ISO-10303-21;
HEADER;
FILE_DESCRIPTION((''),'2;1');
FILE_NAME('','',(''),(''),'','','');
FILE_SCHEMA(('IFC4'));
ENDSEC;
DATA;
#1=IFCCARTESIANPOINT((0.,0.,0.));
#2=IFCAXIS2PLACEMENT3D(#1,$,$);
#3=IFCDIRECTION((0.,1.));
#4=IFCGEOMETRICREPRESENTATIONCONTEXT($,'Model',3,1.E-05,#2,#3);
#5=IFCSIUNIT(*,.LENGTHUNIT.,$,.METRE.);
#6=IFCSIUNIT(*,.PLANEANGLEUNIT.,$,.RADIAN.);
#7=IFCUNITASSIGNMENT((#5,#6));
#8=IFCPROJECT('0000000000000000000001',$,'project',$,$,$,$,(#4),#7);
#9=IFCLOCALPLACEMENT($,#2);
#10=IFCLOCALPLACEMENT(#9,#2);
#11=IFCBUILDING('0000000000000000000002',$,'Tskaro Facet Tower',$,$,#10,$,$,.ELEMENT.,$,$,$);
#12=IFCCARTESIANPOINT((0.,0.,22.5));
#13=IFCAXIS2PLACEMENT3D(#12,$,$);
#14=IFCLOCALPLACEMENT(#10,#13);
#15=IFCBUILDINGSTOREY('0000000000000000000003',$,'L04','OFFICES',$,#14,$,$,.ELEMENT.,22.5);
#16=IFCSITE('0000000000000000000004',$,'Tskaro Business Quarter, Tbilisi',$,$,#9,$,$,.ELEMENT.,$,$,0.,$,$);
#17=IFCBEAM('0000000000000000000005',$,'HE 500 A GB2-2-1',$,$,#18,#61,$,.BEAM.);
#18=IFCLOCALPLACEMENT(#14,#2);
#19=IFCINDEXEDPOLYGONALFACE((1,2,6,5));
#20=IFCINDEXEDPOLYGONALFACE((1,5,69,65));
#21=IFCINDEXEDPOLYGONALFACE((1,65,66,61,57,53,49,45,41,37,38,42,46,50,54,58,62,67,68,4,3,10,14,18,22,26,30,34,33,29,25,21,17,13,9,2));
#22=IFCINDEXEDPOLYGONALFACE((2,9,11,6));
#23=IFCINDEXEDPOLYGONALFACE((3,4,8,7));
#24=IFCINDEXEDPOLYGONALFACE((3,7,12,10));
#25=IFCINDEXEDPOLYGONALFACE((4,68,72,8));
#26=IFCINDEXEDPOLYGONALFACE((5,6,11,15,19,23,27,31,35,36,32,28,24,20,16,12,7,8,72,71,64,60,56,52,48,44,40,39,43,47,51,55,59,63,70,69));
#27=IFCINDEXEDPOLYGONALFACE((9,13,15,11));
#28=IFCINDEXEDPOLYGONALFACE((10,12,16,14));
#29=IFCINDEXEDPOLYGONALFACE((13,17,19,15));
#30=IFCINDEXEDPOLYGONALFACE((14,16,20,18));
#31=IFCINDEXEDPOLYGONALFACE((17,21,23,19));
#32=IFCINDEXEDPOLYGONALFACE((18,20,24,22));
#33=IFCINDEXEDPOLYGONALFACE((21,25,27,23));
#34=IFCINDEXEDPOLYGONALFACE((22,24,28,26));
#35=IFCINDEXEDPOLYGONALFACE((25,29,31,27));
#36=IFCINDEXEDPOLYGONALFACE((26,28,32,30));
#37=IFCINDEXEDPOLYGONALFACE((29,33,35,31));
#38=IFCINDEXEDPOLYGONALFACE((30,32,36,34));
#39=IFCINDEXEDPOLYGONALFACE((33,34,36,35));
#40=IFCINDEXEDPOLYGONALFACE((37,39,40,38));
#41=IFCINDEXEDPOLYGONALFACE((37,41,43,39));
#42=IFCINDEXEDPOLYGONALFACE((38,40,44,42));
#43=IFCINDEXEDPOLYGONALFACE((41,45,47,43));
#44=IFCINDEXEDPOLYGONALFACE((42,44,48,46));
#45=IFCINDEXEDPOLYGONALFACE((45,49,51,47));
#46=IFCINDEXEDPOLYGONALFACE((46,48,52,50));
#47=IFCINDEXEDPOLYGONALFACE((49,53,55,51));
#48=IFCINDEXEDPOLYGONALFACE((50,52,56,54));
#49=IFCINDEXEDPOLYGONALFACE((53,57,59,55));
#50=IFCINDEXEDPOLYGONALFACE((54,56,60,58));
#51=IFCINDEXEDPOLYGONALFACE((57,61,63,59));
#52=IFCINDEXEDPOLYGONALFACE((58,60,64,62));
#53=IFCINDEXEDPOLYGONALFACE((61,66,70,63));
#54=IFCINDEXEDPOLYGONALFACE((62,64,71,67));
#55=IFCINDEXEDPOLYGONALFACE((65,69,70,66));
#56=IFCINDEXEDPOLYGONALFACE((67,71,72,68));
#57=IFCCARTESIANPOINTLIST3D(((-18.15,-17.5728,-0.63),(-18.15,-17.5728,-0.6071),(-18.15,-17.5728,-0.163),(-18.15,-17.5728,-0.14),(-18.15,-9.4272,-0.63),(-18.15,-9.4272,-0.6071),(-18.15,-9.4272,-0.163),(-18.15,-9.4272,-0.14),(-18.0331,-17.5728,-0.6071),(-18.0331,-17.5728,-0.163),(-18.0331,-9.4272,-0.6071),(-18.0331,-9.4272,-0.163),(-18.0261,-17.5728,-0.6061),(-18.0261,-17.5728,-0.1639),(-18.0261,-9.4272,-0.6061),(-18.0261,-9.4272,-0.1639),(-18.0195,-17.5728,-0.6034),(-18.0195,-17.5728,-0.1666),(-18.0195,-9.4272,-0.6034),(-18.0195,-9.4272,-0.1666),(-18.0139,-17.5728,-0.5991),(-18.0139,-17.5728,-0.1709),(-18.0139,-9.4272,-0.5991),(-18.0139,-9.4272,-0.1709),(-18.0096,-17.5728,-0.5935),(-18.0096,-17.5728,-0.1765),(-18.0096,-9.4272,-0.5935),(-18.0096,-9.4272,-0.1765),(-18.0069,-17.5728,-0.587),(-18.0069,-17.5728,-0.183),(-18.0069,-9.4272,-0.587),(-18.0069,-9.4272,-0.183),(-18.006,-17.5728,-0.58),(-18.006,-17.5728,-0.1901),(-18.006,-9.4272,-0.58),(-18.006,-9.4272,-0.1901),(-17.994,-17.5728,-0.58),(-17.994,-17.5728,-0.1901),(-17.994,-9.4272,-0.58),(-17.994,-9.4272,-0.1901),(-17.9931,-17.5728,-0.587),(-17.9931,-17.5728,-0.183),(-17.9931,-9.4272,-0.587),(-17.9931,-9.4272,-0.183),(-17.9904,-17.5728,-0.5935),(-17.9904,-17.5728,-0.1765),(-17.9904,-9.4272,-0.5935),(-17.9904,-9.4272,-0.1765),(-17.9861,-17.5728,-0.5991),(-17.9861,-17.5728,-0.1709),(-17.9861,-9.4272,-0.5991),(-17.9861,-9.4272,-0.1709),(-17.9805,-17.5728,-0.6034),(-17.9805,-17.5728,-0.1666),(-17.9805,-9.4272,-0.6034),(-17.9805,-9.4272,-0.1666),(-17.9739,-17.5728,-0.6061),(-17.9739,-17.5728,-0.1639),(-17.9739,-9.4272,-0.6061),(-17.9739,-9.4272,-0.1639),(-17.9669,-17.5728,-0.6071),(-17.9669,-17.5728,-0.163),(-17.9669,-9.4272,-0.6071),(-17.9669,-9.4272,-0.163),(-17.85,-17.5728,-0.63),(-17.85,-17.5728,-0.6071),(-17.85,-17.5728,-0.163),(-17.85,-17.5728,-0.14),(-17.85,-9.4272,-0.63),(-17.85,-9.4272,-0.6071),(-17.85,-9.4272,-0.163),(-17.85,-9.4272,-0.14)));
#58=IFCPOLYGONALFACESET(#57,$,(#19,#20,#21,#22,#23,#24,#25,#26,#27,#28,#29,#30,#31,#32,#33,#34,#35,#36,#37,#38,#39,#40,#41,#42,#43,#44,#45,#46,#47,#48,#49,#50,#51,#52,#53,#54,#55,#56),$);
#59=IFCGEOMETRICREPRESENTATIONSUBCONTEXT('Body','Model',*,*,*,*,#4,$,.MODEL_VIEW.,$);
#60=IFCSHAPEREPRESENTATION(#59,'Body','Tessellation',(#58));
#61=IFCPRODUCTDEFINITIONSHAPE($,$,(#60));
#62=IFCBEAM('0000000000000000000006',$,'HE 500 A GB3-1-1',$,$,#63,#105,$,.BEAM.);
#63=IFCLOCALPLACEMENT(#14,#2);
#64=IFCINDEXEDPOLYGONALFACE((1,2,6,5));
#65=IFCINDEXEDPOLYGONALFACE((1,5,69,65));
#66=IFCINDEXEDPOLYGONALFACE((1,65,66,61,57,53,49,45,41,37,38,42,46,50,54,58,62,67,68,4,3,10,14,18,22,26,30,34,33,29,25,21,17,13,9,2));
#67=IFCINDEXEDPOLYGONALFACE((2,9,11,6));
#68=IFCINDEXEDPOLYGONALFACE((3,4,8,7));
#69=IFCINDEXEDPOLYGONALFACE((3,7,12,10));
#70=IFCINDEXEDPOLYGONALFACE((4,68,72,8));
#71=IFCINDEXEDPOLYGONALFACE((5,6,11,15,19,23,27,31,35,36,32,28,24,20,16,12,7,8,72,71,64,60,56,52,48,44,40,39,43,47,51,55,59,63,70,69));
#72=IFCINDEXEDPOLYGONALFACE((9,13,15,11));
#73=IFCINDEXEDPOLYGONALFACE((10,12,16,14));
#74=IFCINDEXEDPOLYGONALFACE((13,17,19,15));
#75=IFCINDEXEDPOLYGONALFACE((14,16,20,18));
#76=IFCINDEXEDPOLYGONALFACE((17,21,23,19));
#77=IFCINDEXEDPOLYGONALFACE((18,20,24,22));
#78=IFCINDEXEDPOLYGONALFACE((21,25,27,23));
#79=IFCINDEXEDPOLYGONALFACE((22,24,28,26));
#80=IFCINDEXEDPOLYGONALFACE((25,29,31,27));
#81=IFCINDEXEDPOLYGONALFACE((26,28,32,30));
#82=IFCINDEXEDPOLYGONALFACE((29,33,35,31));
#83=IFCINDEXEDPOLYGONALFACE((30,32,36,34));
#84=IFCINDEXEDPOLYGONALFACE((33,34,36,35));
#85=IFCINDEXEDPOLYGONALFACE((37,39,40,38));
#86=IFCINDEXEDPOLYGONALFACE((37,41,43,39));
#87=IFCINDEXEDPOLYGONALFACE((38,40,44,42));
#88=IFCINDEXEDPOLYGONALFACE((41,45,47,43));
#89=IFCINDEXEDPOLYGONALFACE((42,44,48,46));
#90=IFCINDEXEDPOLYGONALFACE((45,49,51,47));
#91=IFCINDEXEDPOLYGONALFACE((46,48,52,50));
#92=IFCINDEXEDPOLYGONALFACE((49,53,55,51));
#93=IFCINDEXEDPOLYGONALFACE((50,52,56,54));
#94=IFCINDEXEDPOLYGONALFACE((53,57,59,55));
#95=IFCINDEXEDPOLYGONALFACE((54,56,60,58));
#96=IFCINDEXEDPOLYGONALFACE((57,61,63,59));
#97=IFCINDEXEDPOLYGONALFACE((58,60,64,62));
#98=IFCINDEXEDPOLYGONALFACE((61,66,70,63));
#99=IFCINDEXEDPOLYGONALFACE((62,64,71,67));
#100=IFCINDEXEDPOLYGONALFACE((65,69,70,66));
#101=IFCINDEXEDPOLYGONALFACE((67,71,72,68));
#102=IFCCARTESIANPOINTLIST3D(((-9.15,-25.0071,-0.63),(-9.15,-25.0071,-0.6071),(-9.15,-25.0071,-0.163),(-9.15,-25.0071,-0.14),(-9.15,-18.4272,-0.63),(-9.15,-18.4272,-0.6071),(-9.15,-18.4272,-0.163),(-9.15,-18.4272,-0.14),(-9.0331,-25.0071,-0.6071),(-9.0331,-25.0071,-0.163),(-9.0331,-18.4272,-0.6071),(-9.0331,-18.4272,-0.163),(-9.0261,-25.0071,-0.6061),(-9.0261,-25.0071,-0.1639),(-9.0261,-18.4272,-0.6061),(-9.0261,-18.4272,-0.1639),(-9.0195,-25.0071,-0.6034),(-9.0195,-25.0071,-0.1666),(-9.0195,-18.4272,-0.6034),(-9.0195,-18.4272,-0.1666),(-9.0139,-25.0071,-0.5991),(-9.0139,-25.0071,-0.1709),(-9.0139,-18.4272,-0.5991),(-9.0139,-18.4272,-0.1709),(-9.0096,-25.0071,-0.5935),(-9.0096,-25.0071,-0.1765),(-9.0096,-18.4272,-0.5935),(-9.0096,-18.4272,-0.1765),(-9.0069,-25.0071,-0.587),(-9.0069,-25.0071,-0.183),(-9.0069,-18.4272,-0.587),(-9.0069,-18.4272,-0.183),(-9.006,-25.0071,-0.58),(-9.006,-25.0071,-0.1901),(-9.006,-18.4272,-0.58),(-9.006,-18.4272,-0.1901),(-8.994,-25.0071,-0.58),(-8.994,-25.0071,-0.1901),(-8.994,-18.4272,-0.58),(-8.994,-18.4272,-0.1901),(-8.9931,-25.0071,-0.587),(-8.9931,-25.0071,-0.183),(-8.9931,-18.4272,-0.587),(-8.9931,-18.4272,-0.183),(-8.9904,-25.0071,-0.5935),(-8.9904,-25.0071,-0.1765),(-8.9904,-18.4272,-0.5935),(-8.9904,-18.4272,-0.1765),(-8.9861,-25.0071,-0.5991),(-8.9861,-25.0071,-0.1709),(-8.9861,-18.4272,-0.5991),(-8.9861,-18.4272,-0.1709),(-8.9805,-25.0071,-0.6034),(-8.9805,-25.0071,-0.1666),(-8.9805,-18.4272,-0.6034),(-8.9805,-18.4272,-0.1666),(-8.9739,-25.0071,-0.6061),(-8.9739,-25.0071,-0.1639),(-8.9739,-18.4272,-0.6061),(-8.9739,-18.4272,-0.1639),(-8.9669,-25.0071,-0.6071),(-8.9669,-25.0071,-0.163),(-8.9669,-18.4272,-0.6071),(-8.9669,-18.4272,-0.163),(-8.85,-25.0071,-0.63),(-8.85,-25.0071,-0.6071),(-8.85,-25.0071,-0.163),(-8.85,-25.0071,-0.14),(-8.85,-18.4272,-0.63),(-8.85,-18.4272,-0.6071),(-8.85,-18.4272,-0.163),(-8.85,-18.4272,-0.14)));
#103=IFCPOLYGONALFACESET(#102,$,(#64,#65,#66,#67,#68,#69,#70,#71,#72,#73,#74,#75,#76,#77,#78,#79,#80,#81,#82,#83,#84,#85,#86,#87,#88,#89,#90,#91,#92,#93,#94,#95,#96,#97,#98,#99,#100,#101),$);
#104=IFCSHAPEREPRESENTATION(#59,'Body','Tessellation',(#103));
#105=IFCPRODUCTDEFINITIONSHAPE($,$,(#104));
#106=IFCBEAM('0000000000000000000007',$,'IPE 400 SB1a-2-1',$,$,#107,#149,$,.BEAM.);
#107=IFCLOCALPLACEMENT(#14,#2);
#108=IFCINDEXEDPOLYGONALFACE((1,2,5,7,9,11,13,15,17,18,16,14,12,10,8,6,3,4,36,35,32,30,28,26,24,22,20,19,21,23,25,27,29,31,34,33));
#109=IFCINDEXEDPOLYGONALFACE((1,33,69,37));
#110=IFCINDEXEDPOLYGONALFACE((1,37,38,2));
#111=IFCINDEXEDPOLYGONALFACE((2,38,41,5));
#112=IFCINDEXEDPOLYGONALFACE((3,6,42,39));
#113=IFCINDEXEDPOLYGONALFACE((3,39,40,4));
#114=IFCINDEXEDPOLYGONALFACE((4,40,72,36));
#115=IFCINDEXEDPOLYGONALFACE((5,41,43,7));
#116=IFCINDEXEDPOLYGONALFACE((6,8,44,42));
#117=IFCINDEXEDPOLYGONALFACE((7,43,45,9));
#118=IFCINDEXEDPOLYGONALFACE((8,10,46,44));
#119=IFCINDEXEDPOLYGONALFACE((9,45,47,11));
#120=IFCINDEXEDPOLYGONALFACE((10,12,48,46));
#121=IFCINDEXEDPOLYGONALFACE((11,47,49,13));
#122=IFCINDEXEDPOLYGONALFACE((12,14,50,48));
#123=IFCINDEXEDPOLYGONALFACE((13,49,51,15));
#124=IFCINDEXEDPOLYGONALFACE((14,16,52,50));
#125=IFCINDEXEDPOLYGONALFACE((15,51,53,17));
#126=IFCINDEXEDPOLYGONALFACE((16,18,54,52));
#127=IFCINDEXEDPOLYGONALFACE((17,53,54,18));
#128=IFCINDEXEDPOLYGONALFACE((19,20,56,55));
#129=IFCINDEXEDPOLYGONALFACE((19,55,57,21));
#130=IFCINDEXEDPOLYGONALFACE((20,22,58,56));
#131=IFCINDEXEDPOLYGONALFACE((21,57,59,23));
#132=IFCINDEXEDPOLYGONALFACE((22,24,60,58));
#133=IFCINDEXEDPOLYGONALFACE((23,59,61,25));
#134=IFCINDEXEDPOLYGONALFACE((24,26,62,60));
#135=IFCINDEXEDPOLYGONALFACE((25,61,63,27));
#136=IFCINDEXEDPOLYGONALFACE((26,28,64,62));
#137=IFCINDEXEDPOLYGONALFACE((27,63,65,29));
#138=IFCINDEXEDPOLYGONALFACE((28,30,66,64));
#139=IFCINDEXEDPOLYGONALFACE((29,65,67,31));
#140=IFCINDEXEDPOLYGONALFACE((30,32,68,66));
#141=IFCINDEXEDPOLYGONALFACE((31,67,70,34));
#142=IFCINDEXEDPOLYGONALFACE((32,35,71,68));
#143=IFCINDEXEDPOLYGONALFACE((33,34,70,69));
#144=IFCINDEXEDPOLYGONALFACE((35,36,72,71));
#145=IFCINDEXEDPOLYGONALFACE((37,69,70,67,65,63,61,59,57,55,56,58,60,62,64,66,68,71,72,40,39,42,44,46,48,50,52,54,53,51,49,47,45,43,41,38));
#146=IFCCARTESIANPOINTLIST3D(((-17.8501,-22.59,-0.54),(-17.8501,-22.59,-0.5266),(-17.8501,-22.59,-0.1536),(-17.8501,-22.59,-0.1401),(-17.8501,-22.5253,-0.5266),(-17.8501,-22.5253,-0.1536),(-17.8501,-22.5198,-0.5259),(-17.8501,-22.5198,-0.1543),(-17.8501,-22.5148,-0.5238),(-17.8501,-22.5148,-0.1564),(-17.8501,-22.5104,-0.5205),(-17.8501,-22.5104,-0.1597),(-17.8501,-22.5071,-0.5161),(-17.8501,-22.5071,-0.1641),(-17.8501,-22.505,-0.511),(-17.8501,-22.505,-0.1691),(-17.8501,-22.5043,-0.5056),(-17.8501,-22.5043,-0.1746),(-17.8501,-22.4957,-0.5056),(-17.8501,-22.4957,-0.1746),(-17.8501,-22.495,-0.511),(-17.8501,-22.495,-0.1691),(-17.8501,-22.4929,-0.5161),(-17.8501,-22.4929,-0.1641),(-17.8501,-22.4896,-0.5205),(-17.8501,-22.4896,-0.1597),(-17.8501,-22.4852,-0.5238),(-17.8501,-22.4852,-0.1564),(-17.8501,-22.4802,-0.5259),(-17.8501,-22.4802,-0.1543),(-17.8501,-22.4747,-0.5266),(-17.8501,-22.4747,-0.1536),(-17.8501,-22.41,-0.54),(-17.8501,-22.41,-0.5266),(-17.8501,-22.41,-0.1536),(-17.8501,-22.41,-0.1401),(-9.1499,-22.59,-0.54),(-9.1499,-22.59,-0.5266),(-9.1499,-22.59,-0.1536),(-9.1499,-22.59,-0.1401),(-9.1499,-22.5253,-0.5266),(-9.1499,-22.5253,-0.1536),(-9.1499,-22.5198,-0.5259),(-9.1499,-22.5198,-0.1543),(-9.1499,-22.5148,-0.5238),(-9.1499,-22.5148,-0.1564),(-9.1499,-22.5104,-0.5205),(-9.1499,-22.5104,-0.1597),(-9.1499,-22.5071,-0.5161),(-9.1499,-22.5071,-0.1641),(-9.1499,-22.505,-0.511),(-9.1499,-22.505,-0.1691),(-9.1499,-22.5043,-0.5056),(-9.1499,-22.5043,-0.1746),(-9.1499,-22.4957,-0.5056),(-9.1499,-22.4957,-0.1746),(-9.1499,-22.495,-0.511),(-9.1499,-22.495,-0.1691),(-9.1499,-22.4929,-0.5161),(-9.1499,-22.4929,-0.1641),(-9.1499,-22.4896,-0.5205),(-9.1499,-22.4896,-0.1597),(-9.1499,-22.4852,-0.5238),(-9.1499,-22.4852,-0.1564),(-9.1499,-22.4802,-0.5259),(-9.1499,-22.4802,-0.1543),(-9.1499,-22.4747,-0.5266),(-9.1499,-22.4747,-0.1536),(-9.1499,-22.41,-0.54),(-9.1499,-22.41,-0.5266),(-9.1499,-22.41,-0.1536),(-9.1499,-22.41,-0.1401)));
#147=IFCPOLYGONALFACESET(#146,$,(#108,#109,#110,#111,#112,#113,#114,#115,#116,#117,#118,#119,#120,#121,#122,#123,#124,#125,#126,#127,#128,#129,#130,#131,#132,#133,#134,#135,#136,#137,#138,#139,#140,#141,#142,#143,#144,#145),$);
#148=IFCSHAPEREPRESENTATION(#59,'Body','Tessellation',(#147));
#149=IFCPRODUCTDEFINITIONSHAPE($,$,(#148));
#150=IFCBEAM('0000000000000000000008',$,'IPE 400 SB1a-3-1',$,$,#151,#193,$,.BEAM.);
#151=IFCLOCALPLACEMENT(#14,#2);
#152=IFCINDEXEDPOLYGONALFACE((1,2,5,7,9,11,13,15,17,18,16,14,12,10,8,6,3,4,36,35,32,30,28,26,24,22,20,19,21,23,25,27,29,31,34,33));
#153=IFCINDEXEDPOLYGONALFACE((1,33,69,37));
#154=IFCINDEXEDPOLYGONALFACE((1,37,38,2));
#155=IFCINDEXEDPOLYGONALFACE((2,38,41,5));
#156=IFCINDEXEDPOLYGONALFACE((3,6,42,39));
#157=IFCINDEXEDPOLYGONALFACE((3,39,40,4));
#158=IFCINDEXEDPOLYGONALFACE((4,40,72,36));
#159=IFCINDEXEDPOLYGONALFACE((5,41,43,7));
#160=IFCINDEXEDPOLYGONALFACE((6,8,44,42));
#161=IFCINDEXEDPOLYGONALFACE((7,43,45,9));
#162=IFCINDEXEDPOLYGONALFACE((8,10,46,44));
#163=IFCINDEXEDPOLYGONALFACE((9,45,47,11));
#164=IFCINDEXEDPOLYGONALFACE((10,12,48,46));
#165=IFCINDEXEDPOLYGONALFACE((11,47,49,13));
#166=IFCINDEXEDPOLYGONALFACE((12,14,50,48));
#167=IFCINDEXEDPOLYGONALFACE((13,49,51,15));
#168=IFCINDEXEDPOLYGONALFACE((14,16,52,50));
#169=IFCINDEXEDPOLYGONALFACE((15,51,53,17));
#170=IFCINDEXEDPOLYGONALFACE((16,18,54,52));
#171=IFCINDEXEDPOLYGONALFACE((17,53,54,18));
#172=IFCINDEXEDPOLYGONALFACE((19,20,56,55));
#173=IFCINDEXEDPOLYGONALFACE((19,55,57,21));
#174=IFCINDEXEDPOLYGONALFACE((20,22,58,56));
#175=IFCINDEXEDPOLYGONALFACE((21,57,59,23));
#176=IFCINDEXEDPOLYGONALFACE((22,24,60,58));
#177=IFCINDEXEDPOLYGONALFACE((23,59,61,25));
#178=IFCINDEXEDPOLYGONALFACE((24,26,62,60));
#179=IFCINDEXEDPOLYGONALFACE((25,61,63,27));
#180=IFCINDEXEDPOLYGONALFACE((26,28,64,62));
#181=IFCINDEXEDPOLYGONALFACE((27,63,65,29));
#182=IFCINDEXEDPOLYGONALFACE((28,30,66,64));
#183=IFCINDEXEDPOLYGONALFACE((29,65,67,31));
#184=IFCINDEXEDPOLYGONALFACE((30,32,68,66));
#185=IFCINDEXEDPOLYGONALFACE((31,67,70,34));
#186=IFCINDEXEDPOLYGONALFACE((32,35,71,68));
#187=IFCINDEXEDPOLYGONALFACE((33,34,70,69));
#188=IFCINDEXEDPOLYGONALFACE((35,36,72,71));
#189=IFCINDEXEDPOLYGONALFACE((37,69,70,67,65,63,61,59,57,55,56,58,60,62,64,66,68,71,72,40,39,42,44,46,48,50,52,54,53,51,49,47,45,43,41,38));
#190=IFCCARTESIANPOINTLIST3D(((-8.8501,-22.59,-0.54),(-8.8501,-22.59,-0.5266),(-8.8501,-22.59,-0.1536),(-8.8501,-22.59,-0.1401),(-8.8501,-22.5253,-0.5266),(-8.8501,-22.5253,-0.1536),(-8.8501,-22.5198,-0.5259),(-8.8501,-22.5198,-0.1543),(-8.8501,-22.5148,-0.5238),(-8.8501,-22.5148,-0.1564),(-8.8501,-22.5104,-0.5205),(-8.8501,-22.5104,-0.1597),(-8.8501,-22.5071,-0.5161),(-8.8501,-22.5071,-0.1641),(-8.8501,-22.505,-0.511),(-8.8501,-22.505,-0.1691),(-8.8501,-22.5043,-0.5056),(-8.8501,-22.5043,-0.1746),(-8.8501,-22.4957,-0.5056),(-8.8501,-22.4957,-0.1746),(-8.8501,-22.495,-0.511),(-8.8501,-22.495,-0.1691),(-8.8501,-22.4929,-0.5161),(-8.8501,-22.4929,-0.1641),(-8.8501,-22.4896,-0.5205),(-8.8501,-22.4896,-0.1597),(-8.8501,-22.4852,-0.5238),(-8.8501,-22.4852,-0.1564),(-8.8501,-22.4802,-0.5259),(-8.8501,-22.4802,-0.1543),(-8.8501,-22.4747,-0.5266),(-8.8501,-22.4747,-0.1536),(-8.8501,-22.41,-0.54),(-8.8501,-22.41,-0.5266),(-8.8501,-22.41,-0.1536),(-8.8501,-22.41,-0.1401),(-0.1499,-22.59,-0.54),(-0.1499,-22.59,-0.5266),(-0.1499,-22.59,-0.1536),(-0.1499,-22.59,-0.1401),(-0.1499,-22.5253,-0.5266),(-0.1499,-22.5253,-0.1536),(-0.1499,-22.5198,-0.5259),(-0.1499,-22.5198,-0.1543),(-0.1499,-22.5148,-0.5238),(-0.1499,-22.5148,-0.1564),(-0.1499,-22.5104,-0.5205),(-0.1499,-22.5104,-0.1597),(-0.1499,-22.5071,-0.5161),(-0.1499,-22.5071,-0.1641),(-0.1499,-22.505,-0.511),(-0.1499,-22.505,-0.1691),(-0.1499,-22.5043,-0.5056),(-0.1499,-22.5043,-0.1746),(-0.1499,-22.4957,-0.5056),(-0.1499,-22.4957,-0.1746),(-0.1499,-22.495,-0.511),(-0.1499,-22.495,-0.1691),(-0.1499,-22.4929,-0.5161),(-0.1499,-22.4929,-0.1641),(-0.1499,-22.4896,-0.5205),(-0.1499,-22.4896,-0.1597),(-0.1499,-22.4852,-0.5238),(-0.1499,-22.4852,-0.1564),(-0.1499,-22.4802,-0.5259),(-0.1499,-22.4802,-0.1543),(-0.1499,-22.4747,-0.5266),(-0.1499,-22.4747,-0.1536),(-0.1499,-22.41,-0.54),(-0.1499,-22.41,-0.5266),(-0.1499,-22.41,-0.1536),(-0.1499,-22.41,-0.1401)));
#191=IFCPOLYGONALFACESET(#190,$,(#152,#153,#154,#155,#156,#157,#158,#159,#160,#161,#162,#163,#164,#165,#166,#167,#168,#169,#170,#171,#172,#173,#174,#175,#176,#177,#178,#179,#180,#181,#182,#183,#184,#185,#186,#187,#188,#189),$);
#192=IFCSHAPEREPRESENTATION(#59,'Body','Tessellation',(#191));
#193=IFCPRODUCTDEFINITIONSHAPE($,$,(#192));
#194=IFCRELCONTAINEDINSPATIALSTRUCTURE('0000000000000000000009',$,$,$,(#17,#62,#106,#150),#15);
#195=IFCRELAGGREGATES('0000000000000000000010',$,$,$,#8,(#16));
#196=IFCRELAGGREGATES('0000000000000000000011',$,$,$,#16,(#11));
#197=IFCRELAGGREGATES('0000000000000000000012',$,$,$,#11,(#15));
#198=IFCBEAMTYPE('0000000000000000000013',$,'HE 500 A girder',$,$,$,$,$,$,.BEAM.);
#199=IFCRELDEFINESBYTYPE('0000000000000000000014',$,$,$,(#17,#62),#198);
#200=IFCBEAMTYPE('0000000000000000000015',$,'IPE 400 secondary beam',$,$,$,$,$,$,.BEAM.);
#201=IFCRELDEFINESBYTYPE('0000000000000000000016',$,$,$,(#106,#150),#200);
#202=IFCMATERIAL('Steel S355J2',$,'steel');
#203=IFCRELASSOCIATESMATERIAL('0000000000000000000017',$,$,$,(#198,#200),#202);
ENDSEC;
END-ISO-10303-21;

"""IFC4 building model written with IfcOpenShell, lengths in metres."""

from ifc_helpers import new_model, si_unit, direction, frame, origin, origin_2d, place, context, subcontext, project, spatial, i_section, extrude, material, material_profile, profile_set, type_object, element, save


model = new_model("IFC4")

# Units and contexts
model_context = context("Model", 3, precision=1e-05, world=origin(), true_north=direction((0.0, 1.0)))
body_context = subcontext(model_context, "Body", "Model", "MODEL_VIEW")
ifc_project = project(units=[si_unit("LENGTHUNIT", "METRE"), si_unit("PLANEANGLEUNIT", "RADIAN")], contexts=[model_context])

# Site, building, storey
site_placement = place(None, origin())
site = spatial("IfcSite", under=ifc_project, at=site_placement, Name="Tskaro Business Quarter, Tbilisi", CompositionType="ELEMENT", RefElevation=0.0)
building_placement = place(site_placement, origin())
building = spatial("IfcBuilding", under=site, at=building_placement, Name="Tskaro Facet Tower", CompositionType="ELEMENT")
storey_placement = place(building_placement, frame((0.0, 0.0, 22.5)))
storey = spatial("IfcBuildingStorey", under=building, at=storey_placement, Name="L04", Description="OFFICES", CompositionType="ELEMENT", Elevation=22.5)

# Beams
ifc_material_1 = material(Name="Steel S355J2", Category="steel")
ifc_material_profile_1 = material_profile(ifc_material_1, i_section(OverallWidth=0.3, OverallDepth=0.49, WebThickness=0.012, FlangeThickness=0.0229, FilletRadius=0.0271, at=origin_2d()), Name="HE 500 A")
ifc_profile_set_1 = profile_set([ifc_material_profile_1], Name="Steel S355J2")
beam_type_1 = type_object("IfcBeamType", Name="HE 500 A girder", PredefinedType="BEAM", material=ifc_profile_set_1)
beam_1_placement = place(storey_placement, frame((-18.0, -17.5728, -0.385), z_axis=(0.0, 1.0, 0.0), x_axis=(-1.0, 0.0, 0.0)))
element("IfcBeam", 1, at=beam_1_placement, inside=storey, type_object=beam_type_1, Name="HE 500 A GB2-2-1", PredefinedType="BEAM", context=body_context, shape_type="SweptSolid", body=[
    extrude(i_section(OverallWidth=0.3, OverallDepth=0.49, WebThickness=0.012, FlangeThickness=0.0229, FilletRadius=0.0271, at=origin_2d()), origin(), (0.0, 0.0, 1.0), 8.1455),
])
beam_2_placement = place(storey_placement, frame((-9.0, -25.0071, -0.385), z_axis=(0.0, 1.0, 0.0), x_axis=(-1.0, 0.0, 0.0)))
element("IfcBeam", 2, at=beam_2_placement, inside=storey, type_object=beam_type_1, Name="HE 500 A GB3-1-1", PredefinedType="BEAM", context=body_context, shape_type="SweptSolid", body=[
    extrude(i_section(OverallWidth=0.3, OverallDepth=0.49, WebThickness=0.012, FlangeThickness=0.0229, FilletRadius=0.0271, at=origin_2d()), origin(), (0.0, 0.0, 1.0), 6.5798),
])
ifc_material_profile_2 = material_profile(ifc_material_1, i_section(OverallWidth=0.1799, OverallDepth=0.3999, WebThickness=0.0085, FlangeThickness=0.0134, FilletRadius=0.021, at=origin_2d()), Name="IPE 400")
ifc_profile_set_2 = profile_set([ifc_material_profile_2], Name="Steel S355J2")
beam_type_2 = type_object("IfcBeamType", Name="IPE 400 secondary beam", PredefinedType="BEAM", material=ifc_profile_set_2)
for number, where, z_axis, x_axis, name in (
    (3, (-17.8501, -22.5, -0.3401), (1.0, 0.0, 0.0), (0.0, 1.0, 0.0), "IPE 400 SB1a-2-1"),
    (4, (-8.8501, -22.5, -0.3401), (1.0, 0.0, 0.0), (0.0, 1.0, 0.0), "IPE 400 SB1a-3-1"),
):
    element("IfcBeam", number, at=place(storey_placement, frame(where, z_axis=z_axis, x_axis=x_axis)), inside=storey, type_object=beam_type_2, Name=name, PredefinedType="BEAM", context=body_context, shape_type="SweptSolid", body=[
        extrude(i_section(OverallWidth=0.1799, OverallDepth=0.3999, WebThickness=0.0085, FlangeThickness=0.0134, FilletRadius=0.021, at=origin_2d()), origin(), (0.0, 0.0, 1.0), 8.7002),
    ])

save(model, "model.ifc")
